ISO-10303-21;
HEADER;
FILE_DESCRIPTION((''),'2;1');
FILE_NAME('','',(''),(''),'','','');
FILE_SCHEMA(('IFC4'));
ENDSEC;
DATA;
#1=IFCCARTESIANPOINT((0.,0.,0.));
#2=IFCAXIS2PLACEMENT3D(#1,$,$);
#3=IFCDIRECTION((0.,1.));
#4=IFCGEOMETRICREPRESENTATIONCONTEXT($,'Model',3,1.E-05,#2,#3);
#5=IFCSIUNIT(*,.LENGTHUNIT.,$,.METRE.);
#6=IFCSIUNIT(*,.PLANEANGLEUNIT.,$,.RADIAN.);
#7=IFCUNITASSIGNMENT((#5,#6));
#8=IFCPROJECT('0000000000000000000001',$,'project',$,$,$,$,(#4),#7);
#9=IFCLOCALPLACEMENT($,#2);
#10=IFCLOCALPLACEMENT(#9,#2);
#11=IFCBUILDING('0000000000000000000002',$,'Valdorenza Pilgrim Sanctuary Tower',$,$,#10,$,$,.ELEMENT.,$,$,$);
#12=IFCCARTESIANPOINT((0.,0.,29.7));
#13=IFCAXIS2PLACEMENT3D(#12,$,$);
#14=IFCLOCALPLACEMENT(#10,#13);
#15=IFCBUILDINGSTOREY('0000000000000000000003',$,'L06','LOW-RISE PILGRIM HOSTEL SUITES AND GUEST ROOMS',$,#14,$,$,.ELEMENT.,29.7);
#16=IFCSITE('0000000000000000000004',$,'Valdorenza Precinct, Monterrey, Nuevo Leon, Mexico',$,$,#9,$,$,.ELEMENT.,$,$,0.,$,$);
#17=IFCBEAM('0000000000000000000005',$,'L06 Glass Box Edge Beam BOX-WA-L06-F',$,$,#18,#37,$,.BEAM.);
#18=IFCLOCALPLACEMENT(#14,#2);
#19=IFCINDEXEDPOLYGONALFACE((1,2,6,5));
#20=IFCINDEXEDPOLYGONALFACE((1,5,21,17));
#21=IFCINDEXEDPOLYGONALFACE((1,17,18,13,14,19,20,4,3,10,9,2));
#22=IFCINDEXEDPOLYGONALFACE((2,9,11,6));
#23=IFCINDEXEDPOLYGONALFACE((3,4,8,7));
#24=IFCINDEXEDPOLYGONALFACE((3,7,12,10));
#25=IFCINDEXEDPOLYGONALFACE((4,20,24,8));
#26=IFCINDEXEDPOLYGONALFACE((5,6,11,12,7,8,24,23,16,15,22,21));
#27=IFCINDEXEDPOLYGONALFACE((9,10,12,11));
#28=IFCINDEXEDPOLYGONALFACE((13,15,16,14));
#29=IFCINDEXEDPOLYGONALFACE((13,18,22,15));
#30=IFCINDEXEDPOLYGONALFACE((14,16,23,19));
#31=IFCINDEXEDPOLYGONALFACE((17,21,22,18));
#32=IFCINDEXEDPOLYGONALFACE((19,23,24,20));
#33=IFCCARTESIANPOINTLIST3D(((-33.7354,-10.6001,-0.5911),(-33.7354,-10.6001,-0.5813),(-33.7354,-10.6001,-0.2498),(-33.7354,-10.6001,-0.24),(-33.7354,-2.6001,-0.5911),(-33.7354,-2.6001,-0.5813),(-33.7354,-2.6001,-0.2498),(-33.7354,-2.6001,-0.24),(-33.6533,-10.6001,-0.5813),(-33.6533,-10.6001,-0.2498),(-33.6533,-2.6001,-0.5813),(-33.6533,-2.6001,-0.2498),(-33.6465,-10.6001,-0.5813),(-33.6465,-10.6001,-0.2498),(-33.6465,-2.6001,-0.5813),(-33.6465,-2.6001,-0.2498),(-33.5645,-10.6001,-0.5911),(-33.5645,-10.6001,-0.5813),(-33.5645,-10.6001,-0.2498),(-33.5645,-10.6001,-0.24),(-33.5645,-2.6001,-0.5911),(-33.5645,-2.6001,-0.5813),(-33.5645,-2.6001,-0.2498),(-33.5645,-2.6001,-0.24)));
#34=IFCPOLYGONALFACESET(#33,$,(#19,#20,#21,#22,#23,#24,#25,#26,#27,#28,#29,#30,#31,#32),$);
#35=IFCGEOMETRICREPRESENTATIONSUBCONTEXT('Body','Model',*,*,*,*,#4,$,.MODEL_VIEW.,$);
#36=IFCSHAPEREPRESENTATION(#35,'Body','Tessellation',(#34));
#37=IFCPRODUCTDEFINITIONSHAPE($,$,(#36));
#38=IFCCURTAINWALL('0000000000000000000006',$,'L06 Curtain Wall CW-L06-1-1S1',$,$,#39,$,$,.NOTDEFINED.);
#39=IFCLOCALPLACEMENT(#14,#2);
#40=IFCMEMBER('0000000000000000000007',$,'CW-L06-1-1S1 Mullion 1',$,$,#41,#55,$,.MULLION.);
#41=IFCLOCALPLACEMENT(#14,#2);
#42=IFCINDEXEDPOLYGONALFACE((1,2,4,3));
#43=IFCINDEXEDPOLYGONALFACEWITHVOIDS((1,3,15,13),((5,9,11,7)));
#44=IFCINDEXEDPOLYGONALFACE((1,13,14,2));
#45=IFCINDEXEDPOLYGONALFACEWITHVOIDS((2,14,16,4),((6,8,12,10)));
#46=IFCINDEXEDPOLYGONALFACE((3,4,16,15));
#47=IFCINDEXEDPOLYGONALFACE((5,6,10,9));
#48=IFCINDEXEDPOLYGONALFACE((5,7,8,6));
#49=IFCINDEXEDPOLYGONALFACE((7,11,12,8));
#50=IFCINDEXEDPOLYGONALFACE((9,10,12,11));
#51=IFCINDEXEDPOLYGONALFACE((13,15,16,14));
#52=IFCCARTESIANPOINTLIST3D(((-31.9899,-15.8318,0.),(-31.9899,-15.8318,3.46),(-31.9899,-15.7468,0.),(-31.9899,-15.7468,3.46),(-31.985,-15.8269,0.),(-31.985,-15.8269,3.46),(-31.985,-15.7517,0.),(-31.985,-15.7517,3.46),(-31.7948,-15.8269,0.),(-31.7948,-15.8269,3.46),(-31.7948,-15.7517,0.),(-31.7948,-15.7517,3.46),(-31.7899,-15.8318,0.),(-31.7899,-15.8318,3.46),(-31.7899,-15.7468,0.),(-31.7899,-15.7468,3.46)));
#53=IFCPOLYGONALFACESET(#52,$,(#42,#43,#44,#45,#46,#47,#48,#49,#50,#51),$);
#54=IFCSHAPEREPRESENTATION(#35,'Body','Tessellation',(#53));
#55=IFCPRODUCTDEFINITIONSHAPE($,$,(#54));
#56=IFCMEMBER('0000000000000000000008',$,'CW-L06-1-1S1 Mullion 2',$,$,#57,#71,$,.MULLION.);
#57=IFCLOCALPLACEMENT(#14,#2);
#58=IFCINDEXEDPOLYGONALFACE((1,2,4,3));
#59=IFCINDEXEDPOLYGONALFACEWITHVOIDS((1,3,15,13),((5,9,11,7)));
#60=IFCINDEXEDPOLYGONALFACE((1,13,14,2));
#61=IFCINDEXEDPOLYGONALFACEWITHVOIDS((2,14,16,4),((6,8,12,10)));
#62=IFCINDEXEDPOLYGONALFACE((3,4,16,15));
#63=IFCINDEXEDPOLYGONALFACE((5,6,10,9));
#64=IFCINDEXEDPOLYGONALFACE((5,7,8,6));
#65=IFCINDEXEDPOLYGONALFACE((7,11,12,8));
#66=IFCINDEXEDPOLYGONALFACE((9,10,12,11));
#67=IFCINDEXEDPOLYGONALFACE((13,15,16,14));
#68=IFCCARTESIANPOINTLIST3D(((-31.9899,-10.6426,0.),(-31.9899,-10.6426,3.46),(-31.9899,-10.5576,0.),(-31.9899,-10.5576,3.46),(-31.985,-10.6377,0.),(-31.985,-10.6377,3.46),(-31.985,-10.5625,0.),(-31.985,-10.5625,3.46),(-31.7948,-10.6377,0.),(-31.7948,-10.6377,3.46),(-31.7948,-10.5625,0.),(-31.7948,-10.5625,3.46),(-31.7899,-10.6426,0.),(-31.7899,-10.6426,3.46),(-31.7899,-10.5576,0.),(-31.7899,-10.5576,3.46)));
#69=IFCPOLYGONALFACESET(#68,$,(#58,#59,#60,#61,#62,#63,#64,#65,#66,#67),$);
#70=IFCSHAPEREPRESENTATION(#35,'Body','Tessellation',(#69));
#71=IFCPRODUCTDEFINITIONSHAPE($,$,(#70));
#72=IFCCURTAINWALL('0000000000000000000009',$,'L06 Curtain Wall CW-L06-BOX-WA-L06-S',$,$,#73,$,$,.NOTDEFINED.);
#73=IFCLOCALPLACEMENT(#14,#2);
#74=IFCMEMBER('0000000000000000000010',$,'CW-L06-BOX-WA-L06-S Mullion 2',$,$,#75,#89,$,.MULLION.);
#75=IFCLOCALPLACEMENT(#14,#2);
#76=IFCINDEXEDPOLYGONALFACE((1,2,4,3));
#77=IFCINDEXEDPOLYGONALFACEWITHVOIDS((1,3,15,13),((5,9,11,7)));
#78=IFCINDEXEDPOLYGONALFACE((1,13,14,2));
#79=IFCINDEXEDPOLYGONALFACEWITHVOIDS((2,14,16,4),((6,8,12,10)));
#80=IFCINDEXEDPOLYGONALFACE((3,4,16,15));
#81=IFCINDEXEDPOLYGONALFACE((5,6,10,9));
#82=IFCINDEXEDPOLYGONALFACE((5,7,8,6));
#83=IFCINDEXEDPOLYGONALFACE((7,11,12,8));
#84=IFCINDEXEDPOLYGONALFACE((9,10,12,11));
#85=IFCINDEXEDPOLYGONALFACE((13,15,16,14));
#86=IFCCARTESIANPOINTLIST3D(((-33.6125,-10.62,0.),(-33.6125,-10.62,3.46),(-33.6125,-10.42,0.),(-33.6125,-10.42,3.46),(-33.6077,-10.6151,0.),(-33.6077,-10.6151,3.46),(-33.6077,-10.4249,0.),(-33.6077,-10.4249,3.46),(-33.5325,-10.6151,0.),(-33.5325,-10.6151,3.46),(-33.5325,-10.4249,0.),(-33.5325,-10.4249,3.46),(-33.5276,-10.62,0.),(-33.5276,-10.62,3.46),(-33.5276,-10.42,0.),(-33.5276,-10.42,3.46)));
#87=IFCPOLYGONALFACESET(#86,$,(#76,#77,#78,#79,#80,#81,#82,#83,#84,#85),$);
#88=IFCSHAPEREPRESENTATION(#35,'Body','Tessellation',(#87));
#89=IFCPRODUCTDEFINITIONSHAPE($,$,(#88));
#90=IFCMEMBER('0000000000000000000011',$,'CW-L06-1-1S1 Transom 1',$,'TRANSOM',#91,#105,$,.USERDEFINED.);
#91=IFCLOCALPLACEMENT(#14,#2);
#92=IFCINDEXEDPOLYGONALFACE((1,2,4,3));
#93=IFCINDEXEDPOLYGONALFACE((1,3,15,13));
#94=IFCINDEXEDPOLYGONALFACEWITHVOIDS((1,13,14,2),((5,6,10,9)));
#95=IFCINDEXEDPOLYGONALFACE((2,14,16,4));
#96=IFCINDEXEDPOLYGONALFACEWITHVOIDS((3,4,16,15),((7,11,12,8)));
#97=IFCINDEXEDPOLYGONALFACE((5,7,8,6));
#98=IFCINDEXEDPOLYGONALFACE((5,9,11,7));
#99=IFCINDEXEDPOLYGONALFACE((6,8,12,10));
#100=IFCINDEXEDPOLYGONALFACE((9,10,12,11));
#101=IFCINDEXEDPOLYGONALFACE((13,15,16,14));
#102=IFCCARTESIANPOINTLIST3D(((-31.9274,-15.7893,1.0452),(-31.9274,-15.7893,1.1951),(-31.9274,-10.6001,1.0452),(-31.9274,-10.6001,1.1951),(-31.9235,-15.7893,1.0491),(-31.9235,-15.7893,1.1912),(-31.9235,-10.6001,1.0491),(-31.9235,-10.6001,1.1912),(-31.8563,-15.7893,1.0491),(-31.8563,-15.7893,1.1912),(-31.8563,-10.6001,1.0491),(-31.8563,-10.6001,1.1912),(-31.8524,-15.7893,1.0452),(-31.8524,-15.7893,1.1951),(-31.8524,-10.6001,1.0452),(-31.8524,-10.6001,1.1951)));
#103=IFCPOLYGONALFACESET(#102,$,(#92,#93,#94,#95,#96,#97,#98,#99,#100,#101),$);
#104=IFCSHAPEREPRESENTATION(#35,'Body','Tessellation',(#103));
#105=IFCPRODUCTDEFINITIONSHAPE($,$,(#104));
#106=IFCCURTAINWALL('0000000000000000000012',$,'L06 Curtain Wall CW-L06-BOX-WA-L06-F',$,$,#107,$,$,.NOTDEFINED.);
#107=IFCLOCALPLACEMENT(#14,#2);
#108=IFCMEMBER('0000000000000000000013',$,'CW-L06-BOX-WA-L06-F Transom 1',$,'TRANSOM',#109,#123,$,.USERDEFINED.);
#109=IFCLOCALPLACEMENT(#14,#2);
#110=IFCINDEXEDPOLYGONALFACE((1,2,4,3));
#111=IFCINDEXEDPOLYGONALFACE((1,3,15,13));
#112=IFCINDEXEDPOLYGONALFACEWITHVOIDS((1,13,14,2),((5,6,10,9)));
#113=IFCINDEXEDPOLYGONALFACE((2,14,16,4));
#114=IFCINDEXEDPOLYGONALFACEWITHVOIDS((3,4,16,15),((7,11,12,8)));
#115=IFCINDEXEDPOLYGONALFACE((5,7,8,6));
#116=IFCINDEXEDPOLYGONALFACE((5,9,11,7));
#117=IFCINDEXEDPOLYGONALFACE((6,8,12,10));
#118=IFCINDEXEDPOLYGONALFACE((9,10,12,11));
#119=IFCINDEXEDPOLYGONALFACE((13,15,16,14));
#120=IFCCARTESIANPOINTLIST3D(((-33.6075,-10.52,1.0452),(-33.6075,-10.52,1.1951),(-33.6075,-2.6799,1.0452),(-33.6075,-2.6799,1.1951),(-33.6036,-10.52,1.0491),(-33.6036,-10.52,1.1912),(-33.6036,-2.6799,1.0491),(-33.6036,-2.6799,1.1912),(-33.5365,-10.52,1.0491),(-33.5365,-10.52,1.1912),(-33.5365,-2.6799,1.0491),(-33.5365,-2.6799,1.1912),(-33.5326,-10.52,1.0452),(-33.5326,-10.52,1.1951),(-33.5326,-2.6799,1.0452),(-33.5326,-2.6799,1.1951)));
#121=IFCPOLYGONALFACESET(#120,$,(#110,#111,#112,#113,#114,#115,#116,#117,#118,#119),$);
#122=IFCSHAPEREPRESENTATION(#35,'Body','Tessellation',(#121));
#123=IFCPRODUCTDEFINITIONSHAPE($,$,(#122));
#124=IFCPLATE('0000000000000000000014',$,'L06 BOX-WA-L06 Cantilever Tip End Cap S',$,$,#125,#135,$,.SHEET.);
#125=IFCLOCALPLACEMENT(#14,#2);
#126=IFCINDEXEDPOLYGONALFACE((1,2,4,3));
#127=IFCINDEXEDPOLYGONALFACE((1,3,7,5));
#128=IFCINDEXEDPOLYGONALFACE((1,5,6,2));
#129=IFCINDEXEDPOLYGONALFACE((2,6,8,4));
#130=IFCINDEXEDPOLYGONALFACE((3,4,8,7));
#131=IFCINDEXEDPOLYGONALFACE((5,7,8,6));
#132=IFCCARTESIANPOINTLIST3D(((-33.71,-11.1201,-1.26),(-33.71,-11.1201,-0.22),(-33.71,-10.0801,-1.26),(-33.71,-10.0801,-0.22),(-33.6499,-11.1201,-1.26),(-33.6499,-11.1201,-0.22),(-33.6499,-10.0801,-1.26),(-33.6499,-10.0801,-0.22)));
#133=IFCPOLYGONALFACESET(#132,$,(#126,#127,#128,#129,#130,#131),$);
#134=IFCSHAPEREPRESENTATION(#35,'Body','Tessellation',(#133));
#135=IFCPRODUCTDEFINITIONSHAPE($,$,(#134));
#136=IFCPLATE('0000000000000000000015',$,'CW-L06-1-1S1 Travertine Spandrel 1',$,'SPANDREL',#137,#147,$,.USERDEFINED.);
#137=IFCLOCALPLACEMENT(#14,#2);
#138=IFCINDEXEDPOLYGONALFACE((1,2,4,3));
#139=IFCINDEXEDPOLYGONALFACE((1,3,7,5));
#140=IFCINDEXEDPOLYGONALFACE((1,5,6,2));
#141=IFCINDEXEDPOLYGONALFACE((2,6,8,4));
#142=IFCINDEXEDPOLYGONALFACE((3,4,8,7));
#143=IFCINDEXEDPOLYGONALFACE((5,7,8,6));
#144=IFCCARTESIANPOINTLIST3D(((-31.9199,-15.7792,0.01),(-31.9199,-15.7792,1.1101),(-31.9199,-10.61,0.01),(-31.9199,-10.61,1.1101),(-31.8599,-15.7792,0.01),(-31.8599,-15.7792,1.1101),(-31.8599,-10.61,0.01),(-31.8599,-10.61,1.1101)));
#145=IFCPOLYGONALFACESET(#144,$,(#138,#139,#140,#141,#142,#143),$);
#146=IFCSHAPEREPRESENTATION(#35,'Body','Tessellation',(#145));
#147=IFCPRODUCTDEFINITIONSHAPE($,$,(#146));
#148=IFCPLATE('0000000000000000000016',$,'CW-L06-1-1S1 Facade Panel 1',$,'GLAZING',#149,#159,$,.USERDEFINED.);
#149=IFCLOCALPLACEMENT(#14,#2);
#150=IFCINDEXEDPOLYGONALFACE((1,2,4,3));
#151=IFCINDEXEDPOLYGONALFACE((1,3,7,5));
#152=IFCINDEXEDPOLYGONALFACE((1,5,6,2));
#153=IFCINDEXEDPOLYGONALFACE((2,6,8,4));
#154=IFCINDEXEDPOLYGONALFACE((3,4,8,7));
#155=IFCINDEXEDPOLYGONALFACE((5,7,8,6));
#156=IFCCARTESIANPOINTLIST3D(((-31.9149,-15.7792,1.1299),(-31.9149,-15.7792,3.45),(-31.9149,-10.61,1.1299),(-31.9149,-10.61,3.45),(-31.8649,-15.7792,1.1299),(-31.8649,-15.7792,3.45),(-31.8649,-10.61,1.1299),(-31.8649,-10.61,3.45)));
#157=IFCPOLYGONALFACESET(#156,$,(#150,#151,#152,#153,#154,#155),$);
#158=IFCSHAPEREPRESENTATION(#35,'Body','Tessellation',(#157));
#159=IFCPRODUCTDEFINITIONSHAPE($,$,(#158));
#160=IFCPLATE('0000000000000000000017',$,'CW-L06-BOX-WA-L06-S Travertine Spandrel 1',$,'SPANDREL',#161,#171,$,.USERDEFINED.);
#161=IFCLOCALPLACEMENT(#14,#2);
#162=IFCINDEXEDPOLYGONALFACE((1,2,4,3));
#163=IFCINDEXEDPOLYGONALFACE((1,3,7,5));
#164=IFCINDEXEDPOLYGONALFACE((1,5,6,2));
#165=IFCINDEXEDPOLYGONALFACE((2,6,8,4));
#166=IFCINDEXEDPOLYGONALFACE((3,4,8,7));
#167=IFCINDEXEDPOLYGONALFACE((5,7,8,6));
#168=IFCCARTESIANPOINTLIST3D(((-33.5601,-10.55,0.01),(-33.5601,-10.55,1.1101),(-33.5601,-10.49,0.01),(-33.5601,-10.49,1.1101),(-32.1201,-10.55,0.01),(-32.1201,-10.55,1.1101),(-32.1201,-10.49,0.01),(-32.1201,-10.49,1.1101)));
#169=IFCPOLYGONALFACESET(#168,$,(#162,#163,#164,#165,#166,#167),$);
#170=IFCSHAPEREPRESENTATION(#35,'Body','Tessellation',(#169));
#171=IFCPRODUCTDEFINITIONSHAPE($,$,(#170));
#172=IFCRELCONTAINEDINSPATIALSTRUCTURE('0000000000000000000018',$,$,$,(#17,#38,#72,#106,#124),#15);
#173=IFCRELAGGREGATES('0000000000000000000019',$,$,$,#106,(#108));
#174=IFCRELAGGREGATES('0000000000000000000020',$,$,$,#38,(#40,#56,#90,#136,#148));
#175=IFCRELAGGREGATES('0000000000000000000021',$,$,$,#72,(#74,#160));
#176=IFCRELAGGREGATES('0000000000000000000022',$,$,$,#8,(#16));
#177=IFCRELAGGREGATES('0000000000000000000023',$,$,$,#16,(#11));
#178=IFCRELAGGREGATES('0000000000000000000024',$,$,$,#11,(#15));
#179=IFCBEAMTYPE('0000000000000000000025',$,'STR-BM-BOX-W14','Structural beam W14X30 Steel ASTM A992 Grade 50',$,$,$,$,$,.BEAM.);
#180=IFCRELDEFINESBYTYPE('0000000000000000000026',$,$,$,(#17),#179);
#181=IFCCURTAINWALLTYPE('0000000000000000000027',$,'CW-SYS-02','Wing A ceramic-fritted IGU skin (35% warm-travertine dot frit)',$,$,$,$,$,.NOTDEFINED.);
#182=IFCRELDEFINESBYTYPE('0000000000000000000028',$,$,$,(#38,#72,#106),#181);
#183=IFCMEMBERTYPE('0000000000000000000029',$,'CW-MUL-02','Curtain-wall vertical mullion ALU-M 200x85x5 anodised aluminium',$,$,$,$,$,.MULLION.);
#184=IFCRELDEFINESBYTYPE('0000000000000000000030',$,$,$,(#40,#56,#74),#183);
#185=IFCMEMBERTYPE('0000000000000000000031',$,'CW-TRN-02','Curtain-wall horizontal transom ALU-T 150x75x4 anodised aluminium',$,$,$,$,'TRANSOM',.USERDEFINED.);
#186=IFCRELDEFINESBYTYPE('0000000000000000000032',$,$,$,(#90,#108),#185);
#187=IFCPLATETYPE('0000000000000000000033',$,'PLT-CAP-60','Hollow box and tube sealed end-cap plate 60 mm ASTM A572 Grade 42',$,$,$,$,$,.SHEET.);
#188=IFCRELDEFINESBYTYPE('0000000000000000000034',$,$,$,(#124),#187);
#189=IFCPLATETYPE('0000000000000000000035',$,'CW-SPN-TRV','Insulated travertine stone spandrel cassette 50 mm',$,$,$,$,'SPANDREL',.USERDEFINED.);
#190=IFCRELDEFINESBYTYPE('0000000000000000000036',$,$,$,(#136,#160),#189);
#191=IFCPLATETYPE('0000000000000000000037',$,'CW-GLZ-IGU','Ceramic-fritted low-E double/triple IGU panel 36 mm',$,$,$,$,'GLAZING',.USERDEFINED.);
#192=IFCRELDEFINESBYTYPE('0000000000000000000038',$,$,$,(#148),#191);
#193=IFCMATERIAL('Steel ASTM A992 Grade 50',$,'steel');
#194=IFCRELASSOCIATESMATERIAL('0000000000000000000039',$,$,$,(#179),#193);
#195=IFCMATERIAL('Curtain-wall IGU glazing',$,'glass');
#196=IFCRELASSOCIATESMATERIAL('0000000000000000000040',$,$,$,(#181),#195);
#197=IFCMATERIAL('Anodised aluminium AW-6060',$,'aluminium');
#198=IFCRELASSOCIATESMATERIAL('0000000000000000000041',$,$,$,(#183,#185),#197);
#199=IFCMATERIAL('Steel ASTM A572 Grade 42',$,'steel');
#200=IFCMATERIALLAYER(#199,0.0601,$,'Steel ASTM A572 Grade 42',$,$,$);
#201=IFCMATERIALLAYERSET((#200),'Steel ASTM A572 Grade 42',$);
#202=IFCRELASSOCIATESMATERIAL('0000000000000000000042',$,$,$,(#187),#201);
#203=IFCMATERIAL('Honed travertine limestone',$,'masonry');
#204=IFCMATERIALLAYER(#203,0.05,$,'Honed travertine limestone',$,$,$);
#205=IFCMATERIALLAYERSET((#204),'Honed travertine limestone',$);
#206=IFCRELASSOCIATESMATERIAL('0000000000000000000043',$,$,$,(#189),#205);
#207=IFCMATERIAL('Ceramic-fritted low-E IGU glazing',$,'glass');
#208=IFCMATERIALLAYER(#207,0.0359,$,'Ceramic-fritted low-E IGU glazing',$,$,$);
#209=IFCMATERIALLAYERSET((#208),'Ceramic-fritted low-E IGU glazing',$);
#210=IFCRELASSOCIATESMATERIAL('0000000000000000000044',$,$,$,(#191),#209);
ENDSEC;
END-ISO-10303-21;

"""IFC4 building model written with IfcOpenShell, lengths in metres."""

from ifc_helpers import new_model, si_unit, direction, frame, origin, origin_2d, place, context, subcontext, project, spatial, rectangle, hollow_rectangle, i_section, extrude, source, transform, mapped, material, layer, layer_set, material_profile, profile_set, type_object, element, aggregate, save


model = new_model("IFC4")

# Units and contexts
model_context = context("Model", 3, precision=1e-05, world=origin(), true_north=direction((0.0, 1.0)))
body_context = subcontext(model_context, "Body", "Model", "MODEL_VIEW")
ifc_project = project(units=[si_unit("LENGTHUNIT", "METRE"), si_unit("PLANEANGLEUNIT", "RADIAN")], contexts=[model_context])

# Site, building, storey
site_placement = place(None, origin())
site = spatial("IfcSite", under=ifc_project, at=site_placement, Name="Valdorenza Precinct, Monterrey, Nuevo Leon, Mexico", CompositionType="ELEMENT", RefElevation=0.0)
building_placement = place(site_placement, origin())
building = spatial("IfcBuilding", under=site, at=building_placement, Name="Valdorenza Pilgrim Sanctuary Tower", CompositionType="ELEMENT")
storey_placement = place(building_placement, frame((0.0, 0.0, 29.7)))
storey = spatial("IfcBuildingStorey", under=building, at=storey_placement, Name="L06", Description="LOW-RISE PILGRIM HOSTEL SUITES AND GUEST ROOMS", CompositionType="ELEMENT", Elevation=29.7)

# Beam
ifc_material_1 = material(Name="Steel ASTM A992 Grade 50", Category="steel")
ifc_material_profile_1 = material_profile(ifc_material_1, i_section(OverallWidth=0.1709, OverallDepth=0.3511, WebThickness=0.0068, FlangeThickness=0.0098, at=origin_2d()), Name="W14X30")
ifc_profile_set_1 = profile_set([ifc_material_profile_1], Name="Steel ASTM A992 Grade 50")
beam_type = type_object("IfcBeamType", Name="STR-BM-BOX-W14", Description="Structural beam W14X30 Steel ASTM A992 Grade 50", PredefinedType="BEAM", material=ifc_profile_set_1)
shared_shape_1 = source(origin(), body_context, "Body", "SweptSolid", [
    extrude(i_section(OverallWidth=0.1709, OverallDepth=0.3511, WebThickness=0.0068, FlangeThickness=0.0098, at=origin_2d()), origin(), (0.0, 0.0, 1.0), 8.0),
])
beam_placement = place(storey_placement, frame((-33.6499, -10.6001, -0.4155), z_axis=(0.0, 1.0, 0.0), x_axis=(-1.0, 0.0, 0.0)))
element("IfcBeam", 1, at=beam_placement, inside=storey, type_object=beam_type, Name="L06 Glass Box Edge Beam BOX-WA-L06-F", PredefinedType="BEAM", context=body_context, shape_type="MappedRepresentation", body=[
    mapped(shared_shape_1, transform((0.0, 0.0, 0.0), x_axis=(1.0, 0.0, 0.0), y_axis=(0.0, 1.0, 0.0), z_axis=(0.0, 0.0, 1.0), scale=1.0)),
])

# Curtain wall, members
ifc_material_2 = material(Name="Curtain-wall IGU glazing", Category="glass")
curtain_wall_type = type_object("IfcCurtainWallType", Name="CW-SYS-02", Description="Wing A ceramic-fritted IGU skin (35% warm-travertine dot frit)", PredefinedType="NOTDEFINED", material=ifc_material_2)
curtain_wall_1_placement = place(storey_placement, origin())
curtain_wall_1 = element("IfcCurtainWall", 2, at=curtain_wall_1_placement, inside=storey, type_object=curtain_wall_type, Name="L06 Curtain Wall CW-L06-1-1S1", PredefinedType="NOTDEFINED")
ifc_material_3 = material(Name="Anodised aluminium AW-6060", Category="aluminium")
ifc_material_profile_2 = material_profile(ifc_material_3, hollow_rectangle(XDim=0.085, YDim=0.2, WallThickness=0.0049, at=origin_2d()), Name="ALU-M 200x85x5")
ifc_profile_set_2 = profile_set([ifc_material_profile_2], Name="Anodised aluminium AW-6060")
member_type_1 = type_object("IfcMemberType", Name="CW-MUL-02", Description="Curtain-wall vertical mullion ALU-M 200x85x5 anodised aluminium", PredefinedType="MULLION", material=ifc_profile_set_2)
shared_shape_2 = source(origin(), body_context, "Body", "SweptSolid", [
    extrude(hollow_rectangle(XDim=0.085, YDim=0.2, WallThickness=0.0049, at=origin_2d()), origin(), (0.0, 0.0, 1.0), 3.46),
])
member_1_placement = place(storey_placement, frame((-31.8899, -15.7893, 0.0), z_axis=(0.0, 0.0, 1.0), x_axis=(0.0, 1.0, 0.0)))
member_1 = element("IfcMember", 3, at=member_1_placement, type_object=member_type_1, Name="CW-L06-1-1S1 Mullion 1", PredefinedType="MULLION", context=body_context, shape_type="MappedRepresentation", body=[
    mapped(shared_shape_2, transform((0.0, 0.0, 0.0), x_axis=(1.0, 0.0, 0.0), y_axis=(0.0, 1.0, 0.0), z_axis=(0.0, 0.0, 1.0), scale=1.0)),
])
member_2_placement = place(storey_placement, frame((-31.8899, -10.6001, 0.0), z_axis=(0.0, 0.0, 1.0), x_axis=(0.0, 1.0, 0.0)))
member_2 = element("IfcMember", 4, at=member_2_placement, type_object=member_type_1, Name="CW-L06-1-1S1 Mullion 2", PredefinedType="MULLION", context=body_context, shape_type="MappedRepresentation", body=[
    mapped(shared_shape_2, transform((0.0, 0.0, 0.0), x_axis=(1.0, 0.0, 0.0), y_axis=(0.0, 1.0, 0.0), z_axis=(0.0, 0.0, 1.0), scale=1.0)),
])

# Curtain wall, member
curtain_wall_2_placement = place(storey_placement, origin())
curtain_wall_2 = element("IfcCurtainWall", 5, at=curtain_wall_2_placement, inside=storey, type_object=curtain_wall_type, Name="L06 Curtain Wall CW-L06-BOX-WA-L06-S", PredefinedType="NOTDEFINED")
member_3_placement = place(storey_placement, frame((-33.5701, -10.52, 0.0), z_axis=(0.0, 0.0, 1.0), x_axis=(-1.0, 0.0, 0.0)))
member_3 = element("IfcMember", 6, at=member_3_placement, type_object=member_type_1, Name="CW-L06-BOX-WA-L06-S Mullion 2", PredefinedType="MULLION", context=body_context, shape_type="MappedRepresentation", body=[
    mapped(shared_shape_2, transform((0.0, 0.0, 0.0), x_axis=(1.0, 0.0, 0.0), y_axis=(0.0, 1.0, 0.0), z_axis=(0.0, 0.0, 1.0), scale=1.0)),
])

# Member
ifc_material_profile_3 = material_profile(ifc_material_3, hollow_rectangle(XDim=0.075, YDim=0.1499, WallThickness=0.0039, at=origin_2d()), Name="ALU-T 150x75x4")
ifc_profile_set_3 = profile_set([ifc_material_profile_3], Name="Anodised aluminium AW-6060")
member_type_2 = type_object("IfcMemberType", Name="CW-TRN-02", Description="Curtain-wall horizontal transom ALU-T 150x75x4 anodised aluminium", ElementType="TRANSOM", PredefinedType="USERDEFINED", material=ifc_profile_set_3)
shared_shape_3 = source(origin(), body_context, "Body", "SweptSolid", [
    extrude(hollow_rectangle(XDim=0.075, YDim=0.1499, WallThickness=0.0039, at=origin_2d()), origin(), (0.0, 0.0, 1.0), 5.1892),
])
member_4_placement = place(storey_placement, frame((-31.8899, -15.7893, 1.1201), z_axis=(0.0, 1.0, 0.0), x_axis=(-1.0, 0.0, 0.0)))
member_4 = element("IfcMember", 7, at=member_4_placement, type_object=member_type_2, Name="CW-L06-1-1S1 Transom 1", ObjectType="TRANSOM", PredefinedType="USERDEFINED", context=body_context, shape_type="MappedRepresentation", body=[
    mapped(shared_shape_3, transform((0.0, 0.0, 0.0), x_axis=(1.0, 0.0, 0.0), y_axis=(0.0, 1.0, 0.0), z_axis=(0.0, 0.0, 1.0), scale=1.0)),
])

# Curtain wall, member
curtain_wall_3_placement = place(storey_placement, origin())
curtain_wall_3 = element("IfcCurtainWall", 8, at=curtain_wall_3_placement, inside=storey, type_object=curtain_wall_type, Name="L06 Curtain Wall CW-L06-BOX-WA-L06-F", PredefinedType="NOTDEFINED")
shared_shape_4 = source(origin(), body_context, "Body", "SweptSolid", [
    extrude(hollow_rectangle(XDim=0.075, YDim=0.1499, WallThickness=0.0039, at=origin_2d()), origin(), (0.0, 0.0, 1.0), 7.8401),
])
member_5_placement = place(storey_placement, frame((-33.5701, -10.52, 1.1201), z_axis=(0.0, 1.0, 0.0), x_axis=(-1.0, 0.0, 0.0)))
member_5 = element("IfcMember", 9, at=member_5_placement, type_object=member_type_2, Name="CW-L06-BOX-WA-L06-F Transom 1", ObjectType="TRANSOM", PredefinedType="USERDEFINED", context=body_context, shape_type="MappedRepresentation", body=[
    mapped(shared_shape_4, transform((0.0, 0.0, 0.0), x_axis=(1.0, 0.0, 0.0), y_axis=(0.0, 1.0, 0.0), z_axis=(0.0, 0.0, 1.0), scale=1.0)),
])
aggregate(curtain_wall_3, [member_5])

# Plates
ifc_material_4 = material(Name="Steel ASTM A572 Grade 42", Category="steel")
ifc_layer_1 = layer(ifc_material_4, 0.0601, Name="Steel ASTM A572 Grade 42")
ifc_layer_set_1 = layer_set([ifc_layer_1], Name="Steel ASTM A572 Grade 42")
plate_type_1 = type_object("IfcPlateType", Name="PLT-CAP-60", Description="Hollow box and tube sealed end-cap plate 60 mm ASTM A572 Grade 42", PredefinedType="SHEET", material=ifc_layer_set_1)
shared_shape_5 = source(origin(), body_context, "Body", "SweptSolid", [
    extrude(rectangle(XDim=0.0601, YDim=1.04, at=origin_2d()), origin(), (0.0, 0.0, 1.0), 1.04),
])
plate_1_placement = place(storey_placement, frame((-33.6799, -10.6001, -1.26), z_axis=(0.0, 0.0, 1.0), x_axis=(1.0, 0.0, 0.0)))
element("IfcPlate", 10, at=plate_1_placement, inside=storey, type_object=plate_type_1, Name="L06 BOX-WA-L06 Cantilever Tip End Cap S", PredefinedType="SHEET", context=body_context, shape_type="MappedRepresentation", body=[
    mapped(shared_shape_5, transform((0.0, 0.0, 0.0), x_axis=(1.0, 0.0, 0.0), y_axis=(0.0, 1.0, 0.0), z_axis=(0.0, 0.0, 1.0), scale=1.0)),
])
ifc_material_5 = material(Name="Honed travertine limestone", Category="masonry")
ifc_layer_2 = layer(ifc_material_5, 0.05, Name="Honed travertine limestone")
ifc_layer_set_2 = layer_set([ifc_layer_2], Name="Honed travertine limestone")
plate_type_2 = type_object("IfcPlateType", Name="CW-SPN-TRV", Description="Insulated travertine stone spandrel cassette 50 mm", ElementType="SPANDREL", PredefinedType="USERDEFINED", material=ifc_layer_set_2)
shared_shape_6 = source(origin(), body_context, "Body", "SweptSolid", [
    extrude(rectangle(XDim=5.1692, YDim=0.0601, at=origin_2d()), origin(), (0.0, 0.0, 1.0), 1.1001),
])
plate_2_placement = place(storey_placement, frame((-31.8899, -13.1946, 0.01), z_axis=(0.0, 0.0, 1.0), x_axis=(0.0, 1.0, 0.0)))
plate_2 = element("IfcPlate", 11, at=plate_2_placement, type_object=plate_type_2, Name="CW-L06-1-1S1 Travertine Spandrel 1", ObjectType="SPANDREL", PredefinedType="USERDEFINED", context=body_context, shape_type="MappedRepresentation", body=[
    mapped(shared_shape_6, transform((0.0, 0.0, 0.0), x_axis=(1.0, 0.0, 0.0), y_axis=(0.0, 1.0, 0.0), z_axis=(0.0, 0.0, 1.0), scale=1.0)),
])
ifc_material_6 = material(Name="Ceramic-fritted low-E IGU glazing", Category="glass")
ifc_layer_3 = layer(ifc_material_6, 0.0359, Name="Ceramic-fritted low-E IGU glazing")
ifc_layer_set_3 = layer_set([ifc_layer_3], Name="Ceramic-fritted low-E IGU glazing")
plate_type_3 = type_object("IfcPlateType", Name="CW-GLZ-IGU", Description="Ceramic-fritted low-E double/triple IGU panel 36 mm", ElementType="GLAZING", PredefinedType="USERDEFINED", material=ifc_layer_set_3)
shared_shape_7 = source(origin(), body_context, "Body", "SweptSolid", [
    extrude(rectangle(XDim=5.1692, YDim=0.05, at=origin_2d()), origin(), (0.0, 0.0, 1.0), 2.3201),
])
plate_3_placement = place(storey_placement, frame((-31.8899, -13.1946, 1.1299), z_axis=(0.0, 0.0, 1.0), x_axis=(0.0, 1.0, 0.0)))
plate_3 = element("IfcPlate", 12, at=plate_3_placement, type_object=plate_type_3, Name="CW-L06-1-1S1 Facade Panel 1", ObjectType="GLAZING", PredefinedType="USERDEFINED", context=body_context, shape_type="MappedRepresentation", body=[
    mapped(shared_shape_7, transform((0.0, 0.0, 0.0), x_axis=(1.0, 0.0, 0.0), y_axis=(0.0, 1.0, 0.0), z_axis=(0.0, 0.0, 1.0), scale=1.0)),
])
aggregate(curtain_wall_1, [member_1, member_2, member_4, plate_2, plate_3])
shared_shape_8 = source(origin(), body_context, "Body", "SweptSolid", [
    extrude(rectangle(XDim=1.4399, YDim=0.0601, at=origin_2d()), origin(), (0.0, 0.0, 1.0), 1.1001),
])
plate_4_placement = place(storey_placement, frame((-32.8401, -10.52, 0.01), z_axis=(0.0, 0.0, 1.0), x_axis=(-1.0, 0.0, 0.0)))
plate_4 = element("IfcPlate", 13, at=plate_4_placement, type_object=plate_type_2, Name="CW-L06-BOX-WA-L06-S Travertine Spandrel 1", ObjectType="SPANDREL", PredefinedType="USERDEFINED", context=body_context, shape_type="MappedRepresentation", body=[
    mapped(shared_shape_8, transform((0.0, 0.0, 0.0), x_axis=(1.0, 0.0, 0.0), y_axis=(0.0, 1.0, 0.0), z_axis=(0.0, 0.0, 1.0), scale=1.0)),
])
aggregate(curtain_wall_2, [member_3, plate_4])

save(model, "model.ifc")
